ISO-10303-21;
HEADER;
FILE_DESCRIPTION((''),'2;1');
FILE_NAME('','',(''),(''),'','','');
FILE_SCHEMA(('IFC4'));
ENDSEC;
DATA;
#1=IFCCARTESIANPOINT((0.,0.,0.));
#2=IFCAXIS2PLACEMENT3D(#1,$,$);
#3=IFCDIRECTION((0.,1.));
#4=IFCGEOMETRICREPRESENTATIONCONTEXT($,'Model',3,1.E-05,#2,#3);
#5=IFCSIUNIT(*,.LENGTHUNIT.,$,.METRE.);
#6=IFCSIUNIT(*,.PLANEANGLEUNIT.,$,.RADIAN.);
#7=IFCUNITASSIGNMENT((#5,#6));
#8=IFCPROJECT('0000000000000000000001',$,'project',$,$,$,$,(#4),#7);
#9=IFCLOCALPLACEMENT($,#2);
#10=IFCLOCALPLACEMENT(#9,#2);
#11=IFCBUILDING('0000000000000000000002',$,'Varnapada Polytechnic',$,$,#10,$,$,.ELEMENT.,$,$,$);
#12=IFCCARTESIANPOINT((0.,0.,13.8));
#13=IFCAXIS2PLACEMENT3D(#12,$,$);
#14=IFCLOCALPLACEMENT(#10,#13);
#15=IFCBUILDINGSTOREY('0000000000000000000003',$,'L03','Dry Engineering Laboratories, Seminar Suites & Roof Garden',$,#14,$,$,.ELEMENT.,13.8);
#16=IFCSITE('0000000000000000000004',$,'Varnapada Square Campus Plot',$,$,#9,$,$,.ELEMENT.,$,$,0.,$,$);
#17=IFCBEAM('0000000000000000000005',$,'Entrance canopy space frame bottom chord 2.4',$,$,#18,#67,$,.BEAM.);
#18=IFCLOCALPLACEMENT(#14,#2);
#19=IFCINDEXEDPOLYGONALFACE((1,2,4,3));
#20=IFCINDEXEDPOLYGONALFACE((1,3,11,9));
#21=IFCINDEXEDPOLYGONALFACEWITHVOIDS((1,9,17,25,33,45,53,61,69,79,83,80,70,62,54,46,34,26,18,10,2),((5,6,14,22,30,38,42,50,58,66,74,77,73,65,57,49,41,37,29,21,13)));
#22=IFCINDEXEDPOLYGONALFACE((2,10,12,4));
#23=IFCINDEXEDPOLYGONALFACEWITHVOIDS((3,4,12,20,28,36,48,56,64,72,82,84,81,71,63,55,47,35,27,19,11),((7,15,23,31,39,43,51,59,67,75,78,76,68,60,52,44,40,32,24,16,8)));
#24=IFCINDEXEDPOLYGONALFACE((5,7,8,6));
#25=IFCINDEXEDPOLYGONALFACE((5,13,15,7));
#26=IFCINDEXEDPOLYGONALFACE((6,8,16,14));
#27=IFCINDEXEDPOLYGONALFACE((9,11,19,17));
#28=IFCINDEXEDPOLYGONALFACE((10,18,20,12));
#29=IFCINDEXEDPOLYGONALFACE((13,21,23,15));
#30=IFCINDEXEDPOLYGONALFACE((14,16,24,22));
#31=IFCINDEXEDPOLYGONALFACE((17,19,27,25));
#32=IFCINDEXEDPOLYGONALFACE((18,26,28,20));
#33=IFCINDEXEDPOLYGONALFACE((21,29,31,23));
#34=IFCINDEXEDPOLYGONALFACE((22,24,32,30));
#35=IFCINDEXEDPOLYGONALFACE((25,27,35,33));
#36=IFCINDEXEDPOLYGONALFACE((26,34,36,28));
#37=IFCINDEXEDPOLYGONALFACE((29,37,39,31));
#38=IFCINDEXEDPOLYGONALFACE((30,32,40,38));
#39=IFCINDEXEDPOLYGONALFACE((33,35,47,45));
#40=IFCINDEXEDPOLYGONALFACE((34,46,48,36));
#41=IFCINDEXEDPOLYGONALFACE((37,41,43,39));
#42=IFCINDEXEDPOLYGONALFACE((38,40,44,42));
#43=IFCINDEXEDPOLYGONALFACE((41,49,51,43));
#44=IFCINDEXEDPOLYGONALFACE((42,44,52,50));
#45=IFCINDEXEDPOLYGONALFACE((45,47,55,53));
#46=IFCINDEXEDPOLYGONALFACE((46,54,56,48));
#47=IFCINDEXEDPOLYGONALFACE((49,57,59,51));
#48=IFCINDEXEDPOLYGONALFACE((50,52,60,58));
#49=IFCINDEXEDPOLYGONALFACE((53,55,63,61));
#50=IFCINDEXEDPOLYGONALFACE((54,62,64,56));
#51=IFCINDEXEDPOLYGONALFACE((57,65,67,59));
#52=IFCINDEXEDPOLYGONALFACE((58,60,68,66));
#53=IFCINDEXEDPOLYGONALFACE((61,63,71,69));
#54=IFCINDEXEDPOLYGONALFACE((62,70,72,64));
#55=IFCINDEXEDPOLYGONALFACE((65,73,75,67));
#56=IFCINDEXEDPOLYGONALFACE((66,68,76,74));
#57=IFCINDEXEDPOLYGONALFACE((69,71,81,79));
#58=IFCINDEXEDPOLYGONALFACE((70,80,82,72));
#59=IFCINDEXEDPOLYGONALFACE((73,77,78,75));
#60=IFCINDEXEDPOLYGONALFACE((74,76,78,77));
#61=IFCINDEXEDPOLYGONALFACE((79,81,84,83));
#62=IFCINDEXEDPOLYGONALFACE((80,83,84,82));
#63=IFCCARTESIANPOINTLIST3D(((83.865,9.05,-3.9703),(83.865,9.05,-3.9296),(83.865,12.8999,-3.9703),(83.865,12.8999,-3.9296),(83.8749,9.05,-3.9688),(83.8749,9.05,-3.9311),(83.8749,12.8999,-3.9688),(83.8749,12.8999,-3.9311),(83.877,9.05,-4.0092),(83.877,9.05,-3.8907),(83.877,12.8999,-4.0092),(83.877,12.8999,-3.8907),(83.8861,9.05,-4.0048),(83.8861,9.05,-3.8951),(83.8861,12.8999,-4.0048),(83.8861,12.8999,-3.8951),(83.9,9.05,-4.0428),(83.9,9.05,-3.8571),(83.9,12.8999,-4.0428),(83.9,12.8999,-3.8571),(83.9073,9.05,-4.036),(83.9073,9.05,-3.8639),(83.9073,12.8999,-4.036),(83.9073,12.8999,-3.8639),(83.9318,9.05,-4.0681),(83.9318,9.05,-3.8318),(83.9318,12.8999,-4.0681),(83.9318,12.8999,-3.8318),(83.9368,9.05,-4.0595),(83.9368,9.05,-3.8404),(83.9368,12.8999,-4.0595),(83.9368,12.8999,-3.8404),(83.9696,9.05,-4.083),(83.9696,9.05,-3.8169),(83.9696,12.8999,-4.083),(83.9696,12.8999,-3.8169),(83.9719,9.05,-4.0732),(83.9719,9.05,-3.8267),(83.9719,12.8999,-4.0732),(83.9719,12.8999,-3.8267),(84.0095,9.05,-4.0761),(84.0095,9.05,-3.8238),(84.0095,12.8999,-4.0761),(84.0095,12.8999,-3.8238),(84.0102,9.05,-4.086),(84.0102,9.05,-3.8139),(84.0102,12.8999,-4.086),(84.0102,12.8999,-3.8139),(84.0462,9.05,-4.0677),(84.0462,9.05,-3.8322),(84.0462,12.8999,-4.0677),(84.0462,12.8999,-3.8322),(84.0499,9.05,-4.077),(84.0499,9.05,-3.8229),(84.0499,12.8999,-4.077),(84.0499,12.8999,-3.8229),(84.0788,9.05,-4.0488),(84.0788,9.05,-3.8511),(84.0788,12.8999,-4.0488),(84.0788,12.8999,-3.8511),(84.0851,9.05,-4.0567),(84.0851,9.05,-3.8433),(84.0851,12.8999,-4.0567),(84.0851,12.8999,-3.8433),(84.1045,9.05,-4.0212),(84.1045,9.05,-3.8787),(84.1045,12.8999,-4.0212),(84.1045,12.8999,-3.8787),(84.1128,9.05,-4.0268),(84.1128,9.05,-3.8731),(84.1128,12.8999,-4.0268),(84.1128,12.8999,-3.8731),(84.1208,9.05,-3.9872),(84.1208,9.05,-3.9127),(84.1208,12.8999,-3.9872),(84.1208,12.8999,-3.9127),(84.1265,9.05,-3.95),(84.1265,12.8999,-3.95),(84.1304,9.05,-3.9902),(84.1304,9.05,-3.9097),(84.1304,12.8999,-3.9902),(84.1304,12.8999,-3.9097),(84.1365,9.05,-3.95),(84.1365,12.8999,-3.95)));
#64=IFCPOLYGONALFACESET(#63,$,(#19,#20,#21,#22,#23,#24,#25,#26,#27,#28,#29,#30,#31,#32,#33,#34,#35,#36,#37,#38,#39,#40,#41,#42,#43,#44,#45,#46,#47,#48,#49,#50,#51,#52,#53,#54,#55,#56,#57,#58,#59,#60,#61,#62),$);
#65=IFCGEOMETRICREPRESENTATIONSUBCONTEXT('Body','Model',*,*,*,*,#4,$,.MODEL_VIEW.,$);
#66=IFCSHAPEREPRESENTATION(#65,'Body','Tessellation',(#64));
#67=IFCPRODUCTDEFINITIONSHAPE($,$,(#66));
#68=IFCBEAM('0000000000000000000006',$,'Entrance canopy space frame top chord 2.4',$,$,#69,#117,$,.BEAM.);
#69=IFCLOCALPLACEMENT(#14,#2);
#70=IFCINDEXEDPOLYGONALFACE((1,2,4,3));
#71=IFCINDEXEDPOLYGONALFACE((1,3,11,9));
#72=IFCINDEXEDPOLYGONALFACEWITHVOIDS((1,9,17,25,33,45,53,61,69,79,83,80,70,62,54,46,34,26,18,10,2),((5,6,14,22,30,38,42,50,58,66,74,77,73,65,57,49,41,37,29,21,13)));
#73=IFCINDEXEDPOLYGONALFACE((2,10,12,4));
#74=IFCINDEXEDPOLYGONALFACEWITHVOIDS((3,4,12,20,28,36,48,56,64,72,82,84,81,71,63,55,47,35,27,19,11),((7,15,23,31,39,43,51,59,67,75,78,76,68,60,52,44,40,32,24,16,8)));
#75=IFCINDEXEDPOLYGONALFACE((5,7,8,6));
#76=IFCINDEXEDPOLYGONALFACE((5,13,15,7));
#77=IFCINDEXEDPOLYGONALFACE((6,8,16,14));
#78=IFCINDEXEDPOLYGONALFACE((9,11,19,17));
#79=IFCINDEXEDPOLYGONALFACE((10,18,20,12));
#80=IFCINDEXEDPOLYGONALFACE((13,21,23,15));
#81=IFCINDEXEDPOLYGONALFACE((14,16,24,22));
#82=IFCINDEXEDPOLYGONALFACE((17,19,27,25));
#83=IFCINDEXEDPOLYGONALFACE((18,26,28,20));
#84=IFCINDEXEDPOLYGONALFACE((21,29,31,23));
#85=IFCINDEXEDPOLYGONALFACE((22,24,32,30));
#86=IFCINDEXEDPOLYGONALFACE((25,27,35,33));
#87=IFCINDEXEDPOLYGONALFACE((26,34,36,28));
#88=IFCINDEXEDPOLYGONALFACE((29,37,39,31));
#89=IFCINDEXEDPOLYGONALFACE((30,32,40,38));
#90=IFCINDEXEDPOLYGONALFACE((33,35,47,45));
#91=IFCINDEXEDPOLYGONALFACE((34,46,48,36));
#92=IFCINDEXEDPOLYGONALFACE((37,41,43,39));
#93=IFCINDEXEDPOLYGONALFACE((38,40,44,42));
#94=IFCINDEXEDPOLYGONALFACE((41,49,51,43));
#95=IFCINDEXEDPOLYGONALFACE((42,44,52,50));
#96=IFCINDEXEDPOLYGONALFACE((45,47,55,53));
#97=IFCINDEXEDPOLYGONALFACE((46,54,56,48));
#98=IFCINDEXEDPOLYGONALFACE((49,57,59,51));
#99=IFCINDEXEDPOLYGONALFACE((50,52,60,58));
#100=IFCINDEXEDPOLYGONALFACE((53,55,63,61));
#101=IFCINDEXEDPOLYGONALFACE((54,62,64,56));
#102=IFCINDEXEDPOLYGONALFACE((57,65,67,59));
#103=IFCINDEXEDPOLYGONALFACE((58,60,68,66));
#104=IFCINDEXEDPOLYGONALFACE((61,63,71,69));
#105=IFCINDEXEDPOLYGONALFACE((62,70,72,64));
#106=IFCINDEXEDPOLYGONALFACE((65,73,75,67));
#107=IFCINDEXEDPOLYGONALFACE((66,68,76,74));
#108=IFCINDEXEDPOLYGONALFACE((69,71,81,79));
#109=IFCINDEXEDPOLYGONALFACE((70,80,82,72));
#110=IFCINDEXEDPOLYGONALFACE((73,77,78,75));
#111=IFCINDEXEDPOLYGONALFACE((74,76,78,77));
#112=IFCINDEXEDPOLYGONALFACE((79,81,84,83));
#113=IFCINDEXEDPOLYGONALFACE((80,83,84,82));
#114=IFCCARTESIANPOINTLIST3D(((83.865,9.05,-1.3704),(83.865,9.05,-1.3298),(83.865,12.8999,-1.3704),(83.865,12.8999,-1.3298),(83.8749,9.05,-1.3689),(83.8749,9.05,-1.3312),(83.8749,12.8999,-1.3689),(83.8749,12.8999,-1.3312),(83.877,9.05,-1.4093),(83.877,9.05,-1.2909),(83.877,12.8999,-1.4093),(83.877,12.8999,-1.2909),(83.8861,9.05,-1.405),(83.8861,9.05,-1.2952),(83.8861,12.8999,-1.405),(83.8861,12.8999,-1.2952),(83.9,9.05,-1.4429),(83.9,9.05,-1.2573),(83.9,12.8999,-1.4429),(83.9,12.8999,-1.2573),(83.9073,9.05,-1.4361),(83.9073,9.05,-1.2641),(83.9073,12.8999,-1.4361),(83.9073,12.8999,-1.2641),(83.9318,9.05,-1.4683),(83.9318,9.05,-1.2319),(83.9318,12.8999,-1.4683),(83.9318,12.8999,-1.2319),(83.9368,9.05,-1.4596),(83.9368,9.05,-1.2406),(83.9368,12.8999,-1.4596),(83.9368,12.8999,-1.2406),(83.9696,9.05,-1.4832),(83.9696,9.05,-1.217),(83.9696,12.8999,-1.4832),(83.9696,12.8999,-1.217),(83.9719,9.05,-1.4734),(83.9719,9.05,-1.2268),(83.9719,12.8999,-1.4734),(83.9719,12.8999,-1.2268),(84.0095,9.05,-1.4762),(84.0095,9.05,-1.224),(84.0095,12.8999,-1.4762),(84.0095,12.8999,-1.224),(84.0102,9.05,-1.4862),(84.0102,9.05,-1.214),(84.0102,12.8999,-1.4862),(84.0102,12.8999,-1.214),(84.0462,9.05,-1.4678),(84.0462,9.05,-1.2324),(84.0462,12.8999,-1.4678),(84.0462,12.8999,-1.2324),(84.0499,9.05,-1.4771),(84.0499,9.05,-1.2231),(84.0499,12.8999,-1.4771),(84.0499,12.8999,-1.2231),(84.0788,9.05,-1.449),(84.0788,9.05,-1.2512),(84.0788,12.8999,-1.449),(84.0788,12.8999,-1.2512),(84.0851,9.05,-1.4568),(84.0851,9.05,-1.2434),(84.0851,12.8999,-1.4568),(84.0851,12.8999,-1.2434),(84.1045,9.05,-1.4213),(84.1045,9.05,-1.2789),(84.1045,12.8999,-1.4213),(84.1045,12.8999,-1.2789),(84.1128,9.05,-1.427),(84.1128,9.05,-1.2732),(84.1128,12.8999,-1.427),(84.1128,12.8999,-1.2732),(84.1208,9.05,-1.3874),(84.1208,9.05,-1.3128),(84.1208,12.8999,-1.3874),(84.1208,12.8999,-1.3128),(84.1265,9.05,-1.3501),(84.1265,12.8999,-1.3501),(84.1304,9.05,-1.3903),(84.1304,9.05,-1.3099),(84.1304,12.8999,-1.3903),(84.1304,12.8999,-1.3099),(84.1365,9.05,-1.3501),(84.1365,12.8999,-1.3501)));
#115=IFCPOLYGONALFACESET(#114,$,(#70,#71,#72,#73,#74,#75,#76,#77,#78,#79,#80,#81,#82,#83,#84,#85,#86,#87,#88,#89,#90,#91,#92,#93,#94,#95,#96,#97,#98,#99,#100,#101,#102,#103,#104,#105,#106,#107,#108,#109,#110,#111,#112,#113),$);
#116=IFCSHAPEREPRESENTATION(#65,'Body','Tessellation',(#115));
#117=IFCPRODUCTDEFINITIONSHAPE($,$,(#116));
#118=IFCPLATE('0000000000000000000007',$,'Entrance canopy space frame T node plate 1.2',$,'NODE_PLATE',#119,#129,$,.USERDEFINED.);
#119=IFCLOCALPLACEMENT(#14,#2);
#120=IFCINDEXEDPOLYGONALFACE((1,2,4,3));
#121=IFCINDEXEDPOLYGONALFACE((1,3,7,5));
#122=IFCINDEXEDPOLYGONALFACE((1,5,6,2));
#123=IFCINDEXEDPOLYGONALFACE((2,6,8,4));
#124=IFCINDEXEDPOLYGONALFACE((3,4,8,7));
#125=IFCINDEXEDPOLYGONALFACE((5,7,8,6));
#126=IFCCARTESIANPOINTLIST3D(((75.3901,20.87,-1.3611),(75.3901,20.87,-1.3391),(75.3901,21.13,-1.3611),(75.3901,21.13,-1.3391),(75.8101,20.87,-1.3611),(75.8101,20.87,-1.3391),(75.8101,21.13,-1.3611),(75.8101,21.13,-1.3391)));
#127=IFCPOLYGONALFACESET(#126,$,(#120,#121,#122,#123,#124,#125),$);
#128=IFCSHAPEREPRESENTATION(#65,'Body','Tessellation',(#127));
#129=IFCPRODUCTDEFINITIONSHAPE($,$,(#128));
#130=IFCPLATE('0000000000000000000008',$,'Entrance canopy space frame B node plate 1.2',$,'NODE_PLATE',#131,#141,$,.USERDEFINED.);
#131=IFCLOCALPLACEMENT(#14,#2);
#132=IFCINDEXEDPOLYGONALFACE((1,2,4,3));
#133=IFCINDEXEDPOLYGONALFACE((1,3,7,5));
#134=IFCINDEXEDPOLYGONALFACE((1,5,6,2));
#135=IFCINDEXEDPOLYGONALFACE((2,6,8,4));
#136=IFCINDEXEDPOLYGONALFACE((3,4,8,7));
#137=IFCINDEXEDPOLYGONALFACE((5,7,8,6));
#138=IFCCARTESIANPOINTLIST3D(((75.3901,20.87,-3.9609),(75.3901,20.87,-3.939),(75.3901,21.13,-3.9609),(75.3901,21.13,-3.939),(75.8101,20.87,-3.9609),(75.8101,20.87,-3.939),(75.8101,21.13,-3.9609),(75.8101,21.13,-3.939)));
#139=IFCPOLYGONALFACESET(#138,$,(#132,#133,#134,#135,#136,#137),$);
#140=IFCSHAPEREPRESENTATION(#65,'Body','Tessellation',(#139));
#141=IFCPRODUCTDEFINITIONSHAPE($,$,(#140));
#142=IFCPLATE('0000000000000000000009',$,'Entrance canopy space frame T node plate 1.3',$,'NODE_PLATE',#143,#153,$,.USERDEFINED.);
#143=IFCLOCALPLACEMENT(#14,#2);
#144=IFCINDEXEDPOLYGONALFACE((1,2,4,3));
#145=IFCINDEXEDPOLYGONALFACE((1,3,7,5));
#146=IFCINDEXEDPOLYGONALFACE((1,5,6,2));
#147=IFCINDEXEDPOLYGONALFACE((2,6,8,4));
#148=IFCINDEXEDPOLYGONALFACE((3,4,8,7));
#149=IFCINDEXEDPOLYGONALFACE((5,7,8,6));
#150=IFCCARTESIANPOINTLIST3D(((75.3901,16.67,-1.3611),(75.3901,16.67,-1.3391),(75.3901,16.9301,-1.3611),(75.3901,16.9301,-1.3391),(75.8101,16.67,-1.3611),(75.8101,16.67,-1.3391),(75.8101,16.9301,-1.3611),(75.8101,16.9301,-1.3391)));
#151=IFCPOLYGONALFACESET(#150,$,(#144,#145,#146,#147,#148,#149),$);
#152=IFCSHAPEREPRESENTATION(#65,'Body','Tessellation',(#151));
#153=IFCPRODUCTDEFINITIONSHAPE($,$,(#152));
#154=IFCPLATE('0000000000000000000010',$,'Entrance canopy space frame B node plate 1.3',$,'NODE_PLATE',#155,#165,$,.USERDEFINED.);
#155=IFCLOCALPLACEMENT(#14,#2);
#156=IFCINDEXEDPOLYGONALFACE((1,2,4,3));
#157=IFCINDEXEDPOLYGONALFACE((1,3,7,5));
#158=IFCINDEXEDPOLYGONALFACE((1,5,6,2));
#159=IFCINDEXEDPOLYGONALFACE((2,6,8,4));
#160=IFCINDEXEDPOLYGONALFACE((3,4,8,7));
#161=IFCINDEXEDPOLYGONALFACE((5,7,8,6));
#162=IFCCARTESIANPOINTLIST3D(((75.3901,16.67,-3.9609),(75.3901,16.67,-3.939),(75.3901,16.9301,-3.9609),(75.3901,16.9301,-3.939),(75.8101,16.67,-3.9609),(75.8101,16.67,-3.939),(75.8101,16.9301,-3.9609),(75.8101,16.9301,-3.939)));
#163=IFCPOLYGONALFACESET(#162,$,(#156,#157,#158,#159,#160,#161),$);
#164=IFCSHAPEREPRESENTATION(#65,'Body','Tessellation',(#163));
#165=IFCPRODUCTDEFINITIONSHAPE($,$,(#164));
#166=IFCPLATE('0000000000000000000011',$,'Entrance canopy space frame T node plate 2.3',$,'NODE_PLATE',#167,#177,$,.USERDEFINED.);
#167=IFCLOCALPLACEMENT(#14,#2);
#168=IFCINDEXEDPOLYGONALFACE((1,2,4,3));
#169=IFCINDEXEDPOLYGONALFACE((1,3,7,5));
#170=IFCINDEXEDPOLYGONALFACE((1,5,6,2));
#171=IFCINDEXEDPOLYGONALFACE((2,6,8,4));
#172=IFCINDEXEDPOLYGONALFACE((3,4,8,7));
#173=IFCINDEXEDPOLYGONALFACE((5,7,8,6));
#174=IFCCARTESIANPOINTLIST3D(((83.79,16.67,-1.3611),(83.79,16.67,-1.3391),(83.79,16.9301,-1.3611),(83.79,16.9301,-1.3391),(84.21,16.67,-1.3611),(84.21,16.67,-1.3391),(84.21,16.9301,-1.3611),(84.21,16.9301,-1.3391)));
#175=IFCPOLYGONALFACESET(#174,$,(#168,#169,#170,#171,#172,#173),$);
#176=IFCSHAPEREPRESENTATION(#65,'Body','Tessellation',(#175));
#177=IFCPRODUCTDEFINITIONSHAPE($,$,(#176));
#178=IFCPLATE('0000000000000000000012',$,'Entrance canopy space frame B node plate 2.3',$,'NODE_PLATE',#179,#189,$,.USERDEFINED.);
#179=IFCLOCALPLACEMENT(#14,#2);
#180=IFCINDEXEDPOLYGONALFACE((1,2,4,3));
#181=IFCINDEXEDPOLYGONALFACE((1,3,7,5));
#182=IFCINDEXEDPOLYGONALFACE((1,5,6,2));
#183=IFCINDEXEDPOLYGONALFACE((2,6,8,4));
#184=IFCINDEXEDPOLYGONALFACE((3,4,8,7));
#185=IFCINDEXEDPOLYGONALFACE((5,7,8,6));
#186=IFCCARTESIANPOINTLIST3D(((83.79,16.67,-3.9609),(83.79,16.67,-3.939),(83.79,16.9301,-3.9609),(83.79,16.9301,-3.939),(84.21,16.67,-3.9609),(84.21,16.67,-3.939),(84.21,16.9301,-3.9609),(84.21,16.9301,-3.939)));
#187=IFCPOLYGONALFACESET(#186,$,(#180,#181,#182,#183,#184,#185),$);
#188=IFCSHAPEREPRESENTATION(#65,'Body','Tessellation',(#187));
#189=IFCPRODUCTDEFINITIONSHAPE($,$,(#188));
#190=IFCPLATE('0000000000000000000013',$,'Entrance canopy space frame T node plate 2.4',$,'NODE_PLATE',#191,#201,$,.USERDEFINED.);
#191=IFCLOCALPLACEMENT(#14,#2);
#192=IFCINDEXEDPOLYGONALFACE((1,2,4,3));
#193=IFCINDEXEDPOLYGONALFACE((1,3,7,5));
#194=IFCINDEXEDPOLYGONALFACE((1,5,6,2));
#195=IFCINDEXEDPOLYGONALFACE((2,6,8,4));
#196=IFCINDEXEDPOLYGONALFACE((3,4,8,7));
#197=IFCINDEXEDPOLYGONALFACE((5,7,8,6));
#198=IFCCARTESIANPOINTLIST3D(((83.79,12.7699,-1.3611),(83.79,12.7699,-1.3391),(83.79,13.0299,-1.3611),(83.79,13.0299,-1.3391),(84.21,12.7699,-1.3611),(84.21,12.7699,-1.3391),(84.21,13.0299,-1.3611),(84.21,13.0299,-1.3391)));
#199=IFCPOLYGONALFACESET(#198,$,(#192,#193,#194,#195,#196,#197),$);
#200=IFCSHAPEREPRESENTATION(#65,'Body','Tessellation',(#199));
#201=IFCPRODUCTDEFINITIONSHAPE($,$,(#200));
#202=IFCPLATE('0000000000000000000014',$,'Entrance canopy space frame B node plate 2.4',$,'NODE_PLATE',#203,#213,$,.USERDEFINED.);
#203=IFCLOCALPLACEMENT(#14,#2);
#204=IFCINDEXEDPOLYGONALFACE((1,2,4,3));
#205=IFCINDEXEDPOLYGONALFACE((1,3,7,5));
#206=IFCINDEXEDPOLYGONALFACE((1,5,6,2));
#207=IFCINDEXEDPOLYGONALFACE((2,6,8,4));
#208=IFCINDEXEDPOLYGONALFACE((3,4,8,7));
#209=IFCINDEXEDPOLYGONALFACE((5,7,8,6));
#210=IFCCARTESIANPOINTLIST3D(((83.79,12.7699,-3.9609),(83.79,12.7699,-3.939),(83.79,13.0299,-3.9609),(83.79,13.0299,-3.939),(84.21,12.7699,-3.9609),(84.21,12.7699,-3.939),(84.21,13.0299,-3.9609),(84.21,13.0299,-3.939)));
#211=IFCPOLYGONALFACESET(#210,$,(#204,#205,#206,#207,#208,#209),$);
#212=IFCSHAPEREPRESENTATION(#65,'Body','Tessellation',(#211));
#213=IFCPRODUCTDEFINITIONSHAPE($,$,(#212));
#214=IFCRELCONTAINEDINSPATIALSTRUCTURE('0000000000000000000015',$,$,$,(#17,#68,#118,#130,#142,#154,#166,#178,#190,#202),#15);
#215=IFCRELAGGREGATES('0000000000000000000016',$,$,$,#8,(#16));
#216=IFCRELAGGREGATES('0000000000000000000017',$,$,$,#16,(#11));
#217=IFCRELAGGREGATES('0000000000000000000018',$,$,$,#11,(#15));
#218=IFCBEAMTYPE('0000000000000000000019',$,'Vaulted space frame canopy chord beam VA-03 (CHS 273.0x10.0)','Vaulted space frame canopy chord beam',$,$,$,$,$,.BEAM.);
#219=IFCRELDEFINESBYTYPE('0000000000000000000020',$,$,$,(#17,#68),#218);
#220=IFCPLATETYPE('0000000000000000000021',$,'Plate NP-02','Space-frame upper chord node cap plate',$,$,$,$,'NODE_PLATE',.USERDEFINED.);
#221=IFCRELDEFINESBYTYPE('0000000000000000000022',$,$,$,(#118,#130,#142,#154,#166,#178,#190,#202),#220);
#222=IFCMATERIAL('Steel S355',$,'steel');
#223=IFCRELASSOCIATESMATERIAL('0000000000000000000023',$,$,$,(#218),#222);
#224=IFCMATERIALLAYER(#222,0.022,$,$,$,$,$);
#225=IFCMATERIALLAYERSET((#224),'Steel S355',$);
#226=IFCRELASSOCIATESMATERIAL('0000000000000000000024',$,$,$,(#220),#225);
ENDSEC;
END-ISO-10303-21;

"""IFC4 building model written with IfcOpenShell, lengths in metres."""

from ifc_helpers import new_model, si_unit, direction, frame, origin, origin_2d, place, context, subcontext, project, spatial, rectangle, hollow_circle, extrude, material, layer, layer_set, material_profile, profile_set, type_object, element, save


model = new_model("IFC4")

# Units and contexts
model_context = context("Model", 3, precision=1e-05, world=origin(), true_north=direction((0.0, 1.0)))
body_context = subcontext(model_context, "Body", "Model", "MODEL_VIEW")
ifc_project = project(units=[si_unit("LENGTHUNIT", "METRE"), si_unit("PLANEANGLEUNIT", "RADIAN")], contexts=[model_context])

# Site, building, storey
site_placement = place(None, origin())
site = spatial("IfcSite", under=ifc_project, at=site_placement, Name="Varnapada Square Campus Plot", CompositionType="ELEMENT", RefElevation=0.0)
building_placement = place(site_placement, origin())
building = spatial("IfcBuilding", under=site, at=building_placement, Name="Varnapada Polytechnic", CompositionType="ELEMENT")
storey_placement = place(building_placement, frame((0.0, 0.0, 13.8)))
storey = spatial("IfcBuildingStorey", under=building, at=storey_placement, Name="L03", Description="Dry Engineering Laboratories, Seminar Suites & Roof Garden", CompositionType="ELEMENT", Elevation=13.8)

# Shared definitions
ifc_material = material(Name="Steel S355", Category="steel")

# Beams
ifc_material_profile_1 = material_profile(ifc_material, hollow_circle(Radius=0.1365, WallThickness=0.01, at=origin_2d()), Name="CHS 273.0x10.0")
ifc_profile_set_1 = profile_set([ifc_material_profile_1], Name="Steel S355")
beam_type = type_object("IfcBeamType", Name="Vaulted space frame canopy chord beam VA-03 (CHS 273.0x10.0)", Description="Vaulted space frame canopy chord beam", PredefinedType="BEAM", material=ifc_profile_set_1)
for number, where, z_axis, x_axis, name in (
    (1, (84.0, 12.8999, -3.95), (0.0, -1.0, 0.0), (1.0, 0.0, 0.0), "Entrance canopy space frame bottom chord 2.4"),
    (2, (84.0, 12.8999, -1.3501), (0.0, -1.0, 0.0), (1.0, 0.0, 0.0), "Entrance canopy space frame top chord 2.4"),
):
    element("IfcBeam", number, at=place(storey_placement, frame(where, z_axis=z_axis, x_axis=x_axis)), inside=storey, type_object=beam_type, Name=name, PredefinedType="BEAM", context=body_context, shape_type="SweptSolid", body=[
        extrude(hollow_circle(Radius=0.1365, WallThickness=0.01, at=origin_2d()), origin(), (0.0, 0.0, 1.0), 3.8499),
    ])

# Plates
ifc_layer = layer(ifc_material, 0.022)
ifc_layer_set = layer_set([ifc_layer], Name="Steel S355")
plate_type = type_object("IfcPlateType", Name="Plate NP-02", Description="Space-frame upper chord node cap plate", ElementType="NODE_PLATE", PredefinedType="USERDEFINED", material=ifc_layer_set)
for number, where, z_axis, x_axis, name in (
    (3, (75.6001, 21.0, -1.3611), (0.0, 0.0, 1.0), (1.0, 0.0, 0.0), "Entrance canopy space frame T node plate 1.2"),
    (4, (75.6001, 21.0, -3.9609), (0.0, 0.0, 1.0), (1.0, 0.0, 0.0), "Entrance canopy space frame B node plate 1.2"),
    (5, (75.6001, 16.8, -1.3611), (0.0, 0.0, 1.0), (1.0, 0.0, 0.0), "Entrance canopy space frame T node plate 1.3"),
    (6, (75.6001, 16.8, -3.9609), (0.0, 0.0, 1.0), (1.0, 0.0, 0.0), "Entrance canopy space frame B node plate 1.3"),
    (7, (84.0, 16.8, -1.3611), (0.0, 0.0, 1.0), (1.0, 0.0, 0.0), "Entrance canopy space frame T node plate 2.3"),
    (8, (84.0, 16.8, -3.9609), (0.0, 0.0, 1.0), (1.0, 0.0, 0.0), "Entrance canopy space frame B node plate 2.3"),
    (9, (84.0, 12.8999, -1.3611), (0.0, 0.0, 1.0), (1.0, 0.0, 0.0), "Entrance canopy space frame T node plate 2.4"),
    (10, (84.0, 12.8999, -3.9609), (0.0, 0.0, 1.0), (1.0, 0.0, 0.0), "Entrance canopy space frame B node plate 2.4"),
):
    element("IfcPlate", number, at=place(storey_placement, frame(where, z_axis=z_axis, x_axis=x_axis)), inside=storey, type_object=plate_type, Name=name, ObjectType="NODE_PLATE", PredefinedType="USERDEFINED", context=body_context, shape_type="SweptSolid", body=[
        extrude(rectangle(XDim=0.4199, YDim=0.26, at=origin_2d()), origin(), (0.0, 0.0, 1.0), 0.022),
    ])

save(model, "model.ifc")
